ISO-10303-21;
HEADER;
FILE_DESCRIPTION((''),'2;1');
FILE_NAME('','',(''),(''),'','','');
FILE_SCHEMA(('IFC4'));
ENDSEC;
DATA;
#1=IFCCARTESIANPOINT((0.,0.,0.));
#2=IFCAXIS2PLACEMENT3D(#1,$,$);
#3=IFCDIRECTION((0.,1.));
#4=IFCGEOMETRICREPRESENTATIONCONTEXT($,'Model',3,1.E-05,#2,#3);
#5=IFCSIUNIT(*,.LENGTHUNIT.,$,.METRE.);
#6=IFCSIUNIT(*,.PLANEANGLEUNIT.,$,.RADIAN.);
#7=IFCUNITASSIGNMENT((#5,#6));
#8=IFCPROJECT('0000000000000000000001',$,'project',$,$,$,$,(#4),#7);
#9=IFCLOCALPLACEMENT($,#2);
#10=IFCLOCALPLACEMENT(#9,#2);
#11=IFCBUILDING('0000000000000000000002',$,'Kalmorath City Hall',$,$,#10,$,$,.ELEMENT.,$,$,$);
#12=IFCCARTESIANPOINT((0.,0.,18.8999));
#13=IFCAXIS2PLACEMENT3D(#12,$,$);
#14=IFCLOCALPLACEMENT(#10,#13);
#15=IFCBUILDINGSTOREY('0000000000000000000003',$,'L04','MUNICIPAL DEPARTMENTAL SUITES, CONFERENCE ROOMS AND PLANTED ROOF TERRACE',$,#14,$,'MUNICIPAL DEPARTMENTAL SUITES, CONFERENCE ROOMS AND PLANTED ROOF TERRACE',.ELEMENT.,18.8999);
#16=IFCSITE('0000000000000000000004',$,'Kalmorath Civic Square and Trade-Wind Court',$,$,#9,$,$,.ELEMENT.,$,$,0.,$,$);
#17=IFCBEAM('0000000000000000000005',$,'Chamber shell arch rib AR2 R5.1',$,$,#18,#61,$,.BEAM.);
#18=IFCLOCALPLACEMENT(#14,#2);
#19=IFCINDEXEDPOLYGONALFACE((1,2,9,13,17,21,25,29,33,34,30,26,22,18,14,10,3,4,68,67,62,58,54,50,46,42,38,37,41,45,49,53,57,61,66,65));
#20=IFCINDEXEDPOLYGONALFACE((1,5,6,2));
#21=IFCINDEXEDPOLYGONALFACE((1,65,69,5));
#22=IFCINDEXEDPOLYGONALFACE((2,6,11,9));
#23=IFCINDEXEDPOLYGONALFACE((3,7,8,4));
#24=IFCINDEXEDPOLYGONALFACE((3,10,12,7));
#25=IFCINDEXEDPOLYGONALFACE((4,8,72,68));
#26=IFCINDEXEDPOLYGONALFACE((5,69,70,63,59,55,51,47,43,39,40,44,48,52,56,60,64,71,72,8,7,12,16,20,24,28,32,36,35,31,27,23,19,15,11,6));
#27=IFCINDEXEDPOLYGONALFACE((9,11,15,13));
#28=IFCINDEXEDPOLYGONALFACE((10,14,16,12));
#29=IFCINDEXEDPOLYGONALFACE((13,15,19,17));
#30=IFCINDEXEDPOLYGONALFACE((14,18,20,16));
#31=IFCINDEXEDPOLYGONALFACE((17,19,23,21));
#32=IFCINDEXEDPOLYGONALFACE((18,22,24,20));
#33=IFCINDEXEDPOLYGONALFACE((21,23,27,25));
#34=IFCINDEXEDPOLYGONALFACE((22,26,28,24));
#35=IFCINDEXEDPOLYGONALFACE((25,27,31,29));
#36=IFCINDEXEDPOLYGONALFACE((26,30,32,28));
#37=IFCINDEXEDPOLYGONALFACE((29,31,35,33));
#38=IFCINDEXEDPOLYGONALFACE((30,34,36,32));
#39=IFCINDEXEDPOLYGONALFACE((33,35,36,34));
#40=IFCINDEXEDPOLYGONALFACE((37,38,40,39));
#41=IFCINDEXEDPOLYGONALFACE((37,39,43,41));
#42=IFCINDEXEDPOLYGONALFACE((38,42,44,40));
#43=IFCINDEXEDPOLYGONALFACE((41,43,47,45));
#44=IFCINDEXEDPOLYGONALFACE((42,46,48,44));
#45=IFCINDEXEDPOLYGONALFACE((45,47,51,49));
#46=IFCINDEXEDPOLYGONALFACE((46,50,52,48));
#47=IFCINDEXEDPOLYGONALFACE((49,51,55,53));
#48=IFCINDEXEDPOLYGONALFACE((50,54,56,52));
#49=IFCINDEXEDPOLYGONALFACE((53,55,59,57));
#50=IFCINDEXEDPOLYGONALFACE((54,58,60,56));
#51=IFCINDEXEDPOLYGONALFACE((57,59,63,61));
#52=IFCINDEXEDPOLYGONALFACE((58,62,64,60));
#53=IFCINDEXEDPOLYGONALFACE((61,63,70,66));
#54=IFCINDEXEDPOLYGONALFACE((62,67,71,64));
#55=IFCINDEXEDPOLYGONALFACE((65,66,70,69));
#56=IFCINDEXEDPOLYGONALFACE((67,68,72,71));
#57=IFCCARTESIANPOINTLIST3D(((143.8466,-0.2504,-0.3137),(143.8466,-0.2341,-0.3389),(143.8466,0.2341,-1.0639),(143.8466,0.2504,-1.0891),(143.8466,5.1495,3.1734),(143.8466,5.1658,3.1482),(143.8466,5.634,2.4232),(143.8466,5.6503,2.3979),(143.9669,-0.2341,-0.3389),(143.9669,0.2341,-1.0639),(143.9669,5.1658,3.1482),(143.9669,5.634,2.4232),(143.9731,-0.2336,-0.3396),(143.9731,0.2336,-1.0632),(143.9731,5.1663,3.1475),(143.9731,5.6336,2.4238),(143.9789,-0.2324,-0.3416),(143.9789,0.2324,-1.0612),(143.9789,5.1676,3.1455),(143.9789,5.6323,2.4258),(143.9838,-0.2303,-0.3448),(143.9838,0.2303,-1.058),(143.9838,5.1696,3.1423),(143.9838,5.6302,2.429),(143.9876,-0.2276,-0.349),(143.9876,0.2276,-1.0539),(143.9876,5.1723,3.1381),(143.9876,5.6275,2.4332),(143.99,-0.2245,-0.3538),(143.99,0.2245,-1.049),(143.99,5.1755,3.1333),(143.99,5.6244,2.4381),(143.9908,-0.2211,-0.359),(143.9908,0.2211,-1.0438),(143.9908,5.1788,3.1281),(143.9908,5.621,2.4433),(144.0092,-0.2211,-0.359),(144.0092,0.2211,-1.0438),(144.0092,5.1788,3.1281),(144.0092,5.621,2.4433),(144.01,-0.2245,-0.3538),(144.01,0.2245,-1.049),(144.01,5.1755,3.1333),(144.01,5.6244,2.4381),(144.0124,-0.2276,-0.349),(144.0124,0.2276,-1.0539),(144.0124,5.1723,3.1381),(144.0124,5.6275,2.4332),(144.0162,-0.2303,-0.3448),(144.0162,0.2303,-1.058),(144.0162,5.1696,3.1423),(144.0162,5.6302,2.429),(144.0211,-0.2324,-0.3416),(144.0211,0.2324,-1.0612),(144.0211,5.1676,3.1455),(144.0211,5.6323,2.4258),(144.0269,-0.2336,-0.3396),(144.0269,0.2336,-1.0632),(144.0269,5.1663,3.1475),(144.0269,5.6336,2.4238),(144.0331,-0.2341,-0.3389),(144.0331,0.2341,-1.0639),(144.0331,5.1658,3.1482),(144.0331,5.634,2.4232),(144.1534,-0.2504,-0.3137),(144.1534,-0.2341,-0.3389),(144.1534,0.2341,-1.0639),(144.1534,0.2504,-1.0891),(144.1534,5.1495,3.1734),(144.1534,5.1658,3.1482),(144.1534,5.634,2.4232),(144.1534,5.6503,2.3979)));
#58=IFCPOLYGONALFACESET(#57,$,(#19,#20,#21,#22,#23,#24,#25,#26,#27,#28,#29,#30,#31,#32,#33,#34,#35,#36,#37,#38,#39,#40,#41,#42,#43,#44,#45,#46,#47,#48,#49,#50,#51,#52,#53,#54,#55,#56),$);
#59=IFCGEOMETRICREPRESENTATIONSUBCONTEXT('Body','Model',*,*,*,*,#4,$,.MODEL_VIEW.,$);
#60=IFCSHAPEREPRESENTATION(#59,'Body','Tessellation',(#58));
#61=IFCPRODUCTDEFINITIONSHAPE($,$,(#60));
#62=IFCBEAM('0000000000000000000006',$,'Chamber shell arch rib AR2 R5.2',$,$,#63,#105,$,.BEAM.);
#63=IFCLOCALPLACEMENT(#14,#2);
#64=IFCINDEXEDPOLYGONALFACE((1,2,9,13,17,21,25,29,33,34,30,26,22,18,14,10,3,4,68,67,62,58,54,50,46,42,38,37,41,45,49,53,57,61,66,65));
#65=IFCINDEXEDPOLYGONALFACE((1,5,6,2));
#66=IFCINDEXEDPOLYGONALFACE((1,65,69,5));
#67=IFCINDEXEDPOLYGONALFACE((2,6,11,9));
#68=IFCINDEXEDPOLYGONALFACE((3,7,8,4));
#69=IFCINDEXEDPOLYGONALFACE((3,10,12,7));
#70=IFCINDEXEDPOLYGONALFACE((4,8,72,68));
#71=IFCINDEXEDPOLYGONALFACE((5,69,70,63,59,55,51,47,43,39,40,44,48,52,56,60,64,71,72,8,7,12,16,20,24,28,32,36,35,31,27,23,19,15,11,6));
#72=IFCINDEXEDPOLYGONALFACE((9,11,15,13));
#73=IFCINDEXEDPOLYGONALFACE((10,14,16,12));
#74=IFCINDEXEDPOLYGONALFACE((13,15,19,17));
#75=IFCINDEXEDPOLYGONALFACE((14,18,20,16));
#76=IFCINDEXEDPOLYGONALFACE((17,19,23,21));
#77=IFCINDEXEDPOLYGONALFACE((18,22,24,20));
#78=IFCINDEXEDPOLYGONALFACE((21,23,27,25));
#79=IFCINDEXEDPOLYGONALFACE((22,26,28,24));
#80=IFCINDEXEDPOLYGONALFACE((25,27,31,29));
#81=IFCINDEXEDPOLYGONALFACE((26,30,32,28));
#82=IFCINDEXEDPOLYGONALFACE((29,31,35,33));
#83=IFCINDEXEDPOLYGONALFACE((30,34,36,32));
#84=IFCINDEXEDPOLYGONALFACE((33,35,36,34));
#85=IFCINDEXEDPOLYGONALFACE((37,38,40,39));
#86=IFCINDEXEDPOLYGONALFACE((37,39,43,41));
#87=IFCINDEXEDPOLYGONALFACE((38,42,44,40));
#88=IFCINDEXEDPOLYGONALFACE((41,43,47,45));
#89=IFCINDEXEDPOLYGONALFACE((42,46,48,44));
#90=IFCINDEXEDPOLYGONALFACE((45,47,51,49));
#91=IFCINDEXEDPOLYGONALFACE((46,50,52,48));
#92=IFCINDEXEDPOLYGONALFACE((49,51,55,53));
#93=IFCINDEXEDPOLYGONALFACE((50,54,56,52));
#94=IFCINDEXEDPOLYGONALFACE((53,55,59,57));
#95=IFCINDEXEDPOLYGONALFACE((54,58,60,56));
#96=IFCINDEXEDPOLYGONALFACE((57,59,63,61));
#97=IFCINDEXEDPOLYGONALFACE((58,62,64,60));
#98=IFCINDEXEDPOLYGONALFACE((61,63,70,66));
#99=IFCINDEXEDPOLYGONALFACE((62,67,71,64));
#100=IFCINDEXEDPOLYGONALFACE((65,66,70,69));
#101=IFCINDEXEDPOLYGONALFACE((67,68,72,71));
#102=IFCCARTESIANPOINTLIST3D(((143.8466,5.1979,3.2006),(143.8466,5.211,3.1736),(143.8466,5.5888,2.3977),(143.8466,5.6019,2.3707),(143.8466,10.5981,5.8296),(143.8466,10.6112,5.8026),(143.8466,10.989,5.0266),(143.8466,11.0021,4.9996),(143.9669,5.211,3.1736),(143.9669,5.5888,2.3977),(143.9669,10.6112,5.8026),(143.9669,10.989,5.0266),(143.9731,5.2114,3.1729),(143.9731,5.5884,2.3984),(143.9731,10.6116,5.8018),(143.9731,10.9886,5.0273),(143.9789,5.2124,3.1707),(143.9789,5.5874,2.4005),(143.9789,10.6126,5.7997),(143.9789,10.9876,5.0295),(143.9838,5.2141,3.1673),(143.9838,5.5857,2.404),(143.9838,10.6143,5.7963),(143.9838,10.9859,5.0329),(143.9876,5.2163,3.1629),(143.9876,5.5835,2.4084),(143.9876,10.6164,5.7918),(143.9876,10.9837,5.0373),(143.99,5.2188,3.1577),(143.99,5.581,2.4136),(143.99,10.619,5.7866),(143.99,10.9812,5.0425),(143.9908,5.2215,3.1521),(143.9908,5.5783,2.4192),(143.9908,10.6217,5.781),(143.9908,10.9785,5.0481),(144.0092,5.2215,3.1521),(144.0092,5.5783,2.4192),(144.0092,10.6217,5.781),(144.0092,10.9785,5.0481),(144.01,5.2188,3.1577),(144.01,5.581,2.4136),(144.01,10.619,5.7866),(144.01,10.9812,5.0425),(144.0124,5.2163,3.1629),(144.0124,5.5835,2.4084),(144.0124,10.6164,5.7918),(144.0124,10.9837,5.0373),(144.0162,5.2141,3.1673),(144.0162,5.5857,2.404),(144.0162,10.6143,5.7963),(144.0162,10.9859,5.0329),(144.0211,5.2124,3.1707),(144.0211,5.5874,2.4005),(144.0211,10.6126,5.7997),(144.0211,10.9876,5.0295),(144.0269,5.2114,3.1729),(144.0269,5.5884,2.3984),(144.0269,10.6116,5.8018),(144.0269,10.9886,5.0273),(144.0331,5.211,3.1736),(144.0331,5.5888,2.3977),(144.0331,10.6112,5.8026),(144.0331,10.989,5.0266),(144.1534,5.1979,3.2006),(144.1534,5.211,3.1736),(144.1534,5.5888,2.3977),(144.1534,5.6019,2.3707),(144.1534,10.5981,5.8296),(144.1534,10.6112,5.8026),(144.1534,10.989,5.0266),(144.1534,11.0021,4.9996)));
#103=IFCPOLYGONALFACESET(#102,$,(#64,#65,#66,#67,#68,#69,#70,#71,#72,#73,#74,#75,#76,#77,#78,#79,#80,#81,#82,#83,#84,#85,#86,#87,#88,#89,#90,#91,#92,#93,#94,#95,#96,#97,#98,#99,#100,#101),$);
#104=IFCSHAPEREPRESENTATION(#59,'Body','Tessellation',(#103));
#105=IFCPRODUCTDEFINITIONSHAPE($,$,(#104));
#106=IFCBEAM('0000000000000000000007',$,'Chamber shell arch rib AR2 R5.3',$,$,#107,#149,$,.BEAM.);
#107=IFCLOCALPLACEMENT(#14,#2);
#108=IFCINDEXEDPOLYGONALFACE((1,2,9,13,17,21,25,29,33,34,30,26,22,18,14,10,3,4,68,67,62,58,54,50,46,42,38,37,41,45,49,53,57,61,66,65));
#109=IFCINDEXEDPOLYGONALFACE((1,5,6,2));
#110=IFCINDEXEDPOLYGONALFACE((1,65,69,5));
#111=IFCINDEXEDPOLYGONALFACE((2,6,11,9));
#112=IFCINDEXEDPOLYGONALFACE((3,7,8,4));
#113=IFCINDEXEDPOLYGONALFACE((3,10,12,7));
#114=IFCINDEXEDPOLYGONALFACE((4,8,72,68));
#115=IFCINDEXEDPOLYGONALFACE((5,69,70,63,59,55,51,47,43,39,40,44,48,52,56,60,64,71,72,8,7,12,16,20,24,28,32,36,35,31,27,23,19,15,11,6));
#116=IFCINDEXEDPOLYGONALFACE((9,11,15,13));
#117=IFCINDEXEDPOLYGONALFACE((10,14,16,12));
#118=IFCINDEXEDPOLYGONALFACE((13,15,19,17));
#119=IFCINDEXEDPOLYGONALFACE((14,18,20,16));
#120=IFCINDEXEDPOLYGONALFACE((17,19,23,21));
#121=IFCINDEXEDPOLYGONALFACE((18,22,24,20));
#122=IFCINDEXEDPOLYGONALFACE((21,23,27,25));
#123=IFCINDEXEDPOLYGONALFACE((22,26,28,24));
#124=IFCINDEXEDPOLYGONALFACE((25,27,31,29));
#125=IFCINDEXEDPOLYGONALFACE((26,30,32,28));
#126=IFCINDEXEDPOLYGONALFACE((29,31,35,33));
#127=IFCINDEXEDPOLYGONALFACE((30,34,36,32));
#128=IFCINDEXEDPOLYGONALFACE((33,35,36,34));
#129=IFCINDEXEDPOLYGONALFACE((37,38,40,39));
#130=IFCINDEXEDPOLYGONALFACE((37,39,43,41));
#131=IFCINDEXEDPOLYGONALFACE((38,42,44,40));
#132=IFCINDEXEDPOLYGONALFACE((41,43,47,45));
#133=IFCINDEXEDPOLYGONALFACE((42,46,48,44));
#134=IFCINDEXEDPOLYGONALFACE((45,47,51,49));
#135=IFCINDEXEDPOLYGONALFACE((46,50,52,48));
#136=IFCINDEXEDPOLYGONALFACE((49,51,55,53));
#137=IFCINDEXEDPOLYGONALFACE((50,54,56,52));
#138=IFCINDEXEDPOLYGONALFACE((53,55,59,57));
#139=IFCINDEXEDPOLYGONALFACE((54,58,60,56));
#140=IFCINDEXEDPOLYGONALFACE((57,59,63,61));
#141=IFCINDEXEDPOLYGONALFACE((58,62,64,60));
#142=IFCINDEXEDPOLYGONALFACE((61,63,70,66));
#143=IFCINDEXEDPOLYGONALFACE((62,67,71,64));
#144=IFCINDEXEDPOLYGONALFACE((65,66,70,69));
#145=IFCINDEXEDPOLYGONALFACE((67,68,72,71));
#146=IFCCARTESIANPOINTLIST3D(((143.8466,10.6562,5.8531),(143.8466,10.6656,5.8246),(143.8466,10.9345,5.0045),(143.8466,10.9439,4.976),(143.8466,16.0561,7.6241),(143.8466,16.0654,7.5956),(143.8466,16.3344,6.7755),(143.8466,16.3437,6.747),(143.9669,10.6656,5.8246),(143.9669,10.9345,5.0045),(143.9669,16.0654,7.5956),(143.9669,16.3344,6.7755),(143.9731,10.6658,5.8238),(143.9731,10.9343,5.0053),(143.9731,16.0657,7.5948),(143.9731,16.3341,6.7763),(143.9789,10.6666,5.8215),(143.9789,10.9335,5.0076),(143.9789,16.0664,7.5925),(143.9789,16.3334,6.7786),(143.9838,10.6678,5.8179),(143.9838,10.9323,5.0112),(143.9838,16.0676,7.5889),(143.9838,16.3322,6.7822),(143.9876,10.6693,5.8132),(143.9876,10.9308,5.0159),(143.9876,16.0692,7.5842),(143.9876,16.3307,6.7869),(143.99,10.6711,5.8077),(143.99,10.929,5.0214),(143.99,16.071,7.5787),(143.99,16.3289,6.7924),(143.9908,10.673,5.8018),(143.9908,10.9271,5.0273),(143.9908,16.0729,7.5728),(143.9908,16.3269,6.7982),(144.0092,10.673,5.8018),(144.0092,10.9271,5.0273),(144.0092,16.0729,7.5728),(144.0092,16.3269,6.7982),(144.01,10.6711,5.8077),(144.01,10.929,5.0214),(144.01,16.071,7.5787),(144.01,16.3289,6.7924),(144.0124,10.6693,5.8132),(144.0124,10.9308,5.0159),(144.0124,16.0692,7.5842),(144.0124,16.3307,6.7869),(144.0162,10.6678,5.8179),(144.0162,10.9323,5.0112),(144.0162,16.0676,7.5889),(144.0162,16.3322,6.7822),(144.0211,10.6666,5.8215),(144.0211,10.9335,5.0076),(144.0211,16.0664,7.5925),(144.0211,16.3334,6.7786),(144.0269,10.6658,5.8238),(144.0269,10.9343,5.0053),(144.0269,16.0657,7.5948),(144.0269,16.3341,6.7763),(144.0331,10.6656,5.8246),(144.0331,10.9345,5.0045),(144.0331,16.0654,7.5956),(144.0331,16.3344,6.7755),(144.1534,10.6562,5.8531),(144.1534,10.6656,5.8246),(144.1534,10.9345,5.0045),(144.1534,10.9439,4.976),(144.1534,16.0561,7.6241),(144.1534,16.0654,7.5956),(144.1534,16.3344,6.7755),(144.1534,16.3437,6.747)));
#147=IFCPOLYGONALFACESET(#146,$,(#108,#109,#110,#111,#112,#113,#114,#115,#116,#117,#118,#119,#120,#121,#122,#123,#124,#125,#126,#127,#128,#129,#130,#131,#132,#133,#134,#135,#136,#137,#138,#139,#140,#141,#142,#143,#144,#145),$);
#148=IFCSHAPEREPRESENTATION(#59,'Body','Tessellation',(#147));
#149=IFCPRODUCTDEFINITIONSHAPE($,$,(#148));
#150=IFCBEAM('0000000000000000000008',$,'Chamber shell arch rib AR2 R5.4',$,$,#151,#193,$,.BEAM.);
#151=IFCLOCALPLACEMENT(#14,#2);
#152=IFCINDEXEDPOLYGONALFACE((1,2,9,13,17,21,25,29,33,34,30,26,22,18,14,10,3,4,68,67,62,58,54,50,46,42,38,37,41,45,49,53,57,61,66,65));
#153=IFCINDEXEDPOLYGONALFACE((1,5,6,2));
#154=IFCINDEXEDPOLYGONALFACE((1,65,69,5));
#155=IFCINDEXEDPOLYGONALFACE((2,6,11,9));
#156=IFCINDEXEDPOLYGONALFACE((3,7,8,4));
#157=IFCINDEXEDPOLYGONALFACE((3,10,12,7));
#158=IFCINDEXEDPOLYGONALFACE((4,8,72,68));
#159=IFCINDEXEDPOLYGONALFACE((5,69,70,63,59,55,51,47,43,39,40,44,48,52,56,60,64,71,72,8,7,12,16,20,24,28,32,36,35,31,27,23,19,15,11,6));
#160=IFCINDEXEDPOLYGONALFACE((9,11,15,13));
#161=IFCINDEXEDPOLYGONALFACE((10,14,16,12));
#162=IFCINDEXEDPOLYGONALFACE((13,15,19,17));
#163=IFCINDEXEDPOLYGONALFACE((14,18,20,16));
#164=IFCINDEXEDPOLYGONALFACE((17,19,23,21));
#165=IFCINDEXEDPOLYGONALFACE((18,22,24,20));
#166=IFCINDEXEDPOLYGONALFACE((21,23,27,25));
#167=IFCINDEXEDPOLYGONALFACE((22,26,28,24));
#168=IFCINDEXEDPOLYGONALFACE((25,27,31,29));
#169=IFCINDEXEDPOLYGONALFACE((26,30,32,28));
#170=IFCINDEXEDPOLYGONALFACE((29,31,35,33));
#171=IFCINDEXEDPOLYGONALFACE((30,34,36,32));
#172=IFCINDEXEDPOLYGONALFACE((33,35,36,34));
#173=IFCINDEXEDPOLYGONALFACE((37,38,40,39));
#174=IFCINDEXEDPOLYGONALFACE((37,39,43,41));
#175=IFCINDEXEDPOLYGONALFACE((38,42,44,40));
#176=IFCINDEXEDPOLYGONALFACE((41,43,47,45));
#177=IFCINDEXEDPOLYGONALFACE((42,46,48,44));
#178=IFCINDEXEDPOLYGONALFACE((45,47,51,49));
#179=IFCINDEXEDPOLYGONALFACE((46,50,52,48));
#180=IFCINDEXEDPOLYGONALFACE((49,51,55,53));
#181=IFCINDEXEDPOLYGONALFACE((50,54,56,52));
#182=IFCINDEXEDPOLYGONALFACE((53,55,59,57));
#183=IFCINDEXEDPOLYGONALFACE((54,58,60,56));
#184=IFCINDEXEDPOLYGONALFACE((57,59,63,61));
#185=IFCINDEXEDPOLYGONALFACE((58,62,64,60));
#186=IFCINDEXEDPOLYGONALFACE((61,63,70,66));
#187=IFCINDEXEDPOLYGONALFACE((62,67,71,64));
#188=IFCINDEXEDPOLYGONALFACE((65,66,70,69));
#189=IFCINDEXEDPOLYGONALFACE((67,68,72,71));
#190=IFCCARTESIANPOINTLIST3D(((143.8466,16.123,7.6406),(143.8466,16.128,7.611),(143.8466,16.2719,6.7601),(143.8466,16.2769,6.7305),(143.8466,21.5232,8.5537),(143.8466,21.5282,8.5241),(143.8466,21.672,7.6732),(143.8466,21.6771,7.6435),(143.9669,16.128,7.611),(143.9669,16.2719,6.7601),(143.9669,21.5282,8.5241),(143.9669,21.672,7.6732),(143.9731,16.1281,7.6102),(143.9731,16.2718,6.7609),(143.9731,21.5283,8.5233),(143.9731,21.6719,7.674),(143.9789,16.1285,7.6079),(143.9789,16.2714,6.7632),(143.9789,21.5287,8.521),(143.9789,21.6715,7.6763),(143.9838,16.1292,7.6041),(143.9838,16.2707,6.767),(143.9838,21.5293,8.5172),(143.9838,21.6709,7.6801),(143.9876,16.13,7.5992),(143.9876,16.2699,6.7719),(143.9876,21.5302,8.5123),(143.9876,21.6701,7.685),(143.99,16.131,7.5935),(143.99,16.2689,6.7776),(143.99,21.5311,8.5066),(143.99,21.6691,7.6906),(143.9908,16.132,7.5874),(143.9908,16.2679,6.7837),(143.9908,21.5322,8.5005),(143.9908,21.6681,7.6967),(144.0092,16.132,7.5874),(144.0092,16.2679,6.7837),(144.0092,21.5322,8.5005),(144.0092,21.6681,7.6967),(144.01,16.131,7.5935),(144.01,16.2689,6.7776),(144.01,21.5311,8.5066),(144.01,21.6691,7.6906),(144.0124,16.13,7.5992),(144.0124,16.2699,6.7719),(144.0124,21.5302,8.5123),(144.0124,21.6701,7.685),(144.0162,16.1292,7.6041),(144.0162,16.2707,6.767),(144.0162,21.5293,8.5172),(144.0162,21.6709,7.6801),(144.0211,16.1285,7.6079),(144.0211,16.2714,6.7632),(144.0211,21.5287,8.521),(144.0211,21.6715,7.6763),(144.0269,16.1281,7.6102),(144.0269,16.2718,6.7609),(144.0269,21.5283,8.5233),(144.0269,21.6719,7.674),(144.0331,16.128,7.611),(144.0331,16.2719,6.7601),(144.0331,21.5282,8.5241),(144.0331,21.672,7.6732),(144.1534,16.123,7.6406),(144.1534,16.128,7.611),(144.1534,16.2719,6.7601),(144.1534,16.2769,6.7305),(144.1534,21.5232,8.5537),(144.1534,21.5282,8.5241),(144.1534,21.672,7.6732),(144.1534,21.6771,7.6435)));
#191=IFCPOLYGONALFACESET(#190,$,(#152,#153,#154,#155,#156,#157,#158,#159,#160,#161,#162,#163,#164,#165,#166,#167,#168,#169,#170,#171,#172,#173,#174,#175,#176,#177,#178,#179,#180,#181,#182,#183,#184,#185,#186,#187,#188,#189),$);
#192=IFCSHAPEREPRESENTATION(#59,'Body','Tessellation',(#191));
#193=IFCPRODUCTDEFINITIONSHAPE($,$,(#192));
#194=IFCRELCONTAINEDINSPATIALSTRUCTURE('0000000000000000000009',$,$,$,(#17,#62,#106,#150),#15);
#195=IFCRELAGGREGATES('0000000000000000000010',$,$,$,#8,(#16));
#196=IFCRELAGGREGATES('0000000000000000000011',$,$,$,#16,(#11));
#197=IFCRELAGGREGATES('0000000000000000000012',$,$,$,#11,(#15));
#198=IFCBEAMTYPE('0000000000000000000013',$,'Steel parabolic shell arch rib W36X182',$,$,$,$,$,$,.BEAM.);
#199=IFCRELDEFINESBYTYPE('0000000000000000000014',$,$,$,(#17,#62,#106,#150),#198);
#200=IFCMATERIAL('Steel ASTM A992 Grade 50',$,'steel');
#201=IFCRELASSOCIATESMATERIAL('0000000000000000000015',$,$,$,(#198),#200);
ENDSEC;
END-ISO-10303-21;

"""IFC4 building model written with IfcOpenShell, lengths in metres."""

from ifc_helpers import new_model, si_unit, direction, frame, origin, origin_2d, place, context, subcontext, project, spatial, i_section, extrude, material, material_profile, profile_set, type_object, element, save


model = new_model("IFC4")

# Units and contexts
model_context = context("Model", 3, precision=1e-05, world=origin(), true_north=direction((0.0, 1.0)))
body_context = subcontext(model_context, "Body", "Model", "MODEL_VIEW")
ifc_project = project(units=[si_unit("LENGTHUNIT", "METRE"), si_unit("PLANEANGLEUNIT", "RADIAN")], contexts=[model_context])

# Site, building, storey
site_placement = place(None, origin())
site = spatial("IfcSite", under=ifc_project, at=site_placement, Name="Kalmorath Civic Square and Trade-Wind Court", CompositionType="ELEMENT", RefElevation=0.0)
building_placement = place(site_placement, origin())
building = spatial("IfcBuilding", under=site, at=building_placement, Name="Kalmorath City Hall", CompositionType="ELEMENT")
storey_placement = place(building_placement, frame((0.0, 0.0, 18.8999)))
storey = spatial("IfcBuildingStorey", under=building, at=storey_placement, Name="L04", Description="MUNICIPAL DEPARTMENTAL SUITES, CONFERENCE ROOMS AND PLANTED ROOF TERRACE", LongName="MUNICIPAL DEPARTMENTAL SUITES, CONFERENCE ROOMS AND PLANTED ROOF TERRACE", CompositionType="ELEMENT", Elevation=18.8999)

# Beams
ifc_material_1 = material(Name="Steel ASTM A992 Grade 50", Category="steel")
ifc_material_profile_1 = material_profile(ifc_material_1, i_section(OverallWidth=0.3069, OverallDepth=0.9231, WebThickness=0.0183, FlangeThickness=0.03, FilletRadius=0.0239, at=origin_2d()), Name="W36X182")
ifc_profile_set_1 = profile_set([ifc_material_profile_1], Name="Steel ASTM A992 Grade 50")
beam_type_1 = type_object("IfcBeamType", Name="Steel parabolic shell arch rib W36X182", PredefinedType="BEAM", material=ifc_profile_set_1)
beam_1_placement = place(storey_placement, frame((144.0, 0.0, -0.7014), z_axis=(0.0, 0.840066, 0.542484), x_axis=(-1.0, 0.0, 0.0)))
element("IfcBeam", 1, at=beam_1_placement, inside=storey, type_object=beam_type_1, Name="Chamber shell arch rib AR2 R5.1", PredefinedType="BEAM", context=body_context, shape_type="SweptSolid", body=[
    extrude(i_section(OverallWidth=0.3069, OverallDepth=0.9231, WebThickness=0.0183, FlangeThickness=0.03, FilletRadius=0.0239, at=origin_2d()), origin(), (0.0, 0.0, 1.0), 6.428),
])
beam_2_placement = place(storey_placement, frame((144.0, 5.3999, 2.7856), z_axis=(0.0, 0.899117, 0.437709), x_axis=(-1.0, 0.0, 0.0)))
element("IfcBeam", 2, at=beam_2_placement, inside=storey, type_object=beam_type_1, Name="Chamber shell arch rib AR2 R5.2", PredefinedType="BEAM", context=body_context, shape_type="SweptSolid", body=[
    extrude(i_section(OverallWidth=0.3069, OverallDepth=0.9231, WebThickness=0.0183, FlangeThickness=0.03, FilletRadius=0.0239, at=origin_2d()), origin(), (0.0, 0.0, 1.0), 6.0061),
])
beam_3_placement = place(storey_placement, frame((144.0, 10.8, 5.4146), z_axis=(0.0, 0.950202, 0.311636), x_axis=(-1.0, 0.0, 0.0)))
element("IfcBeam", 3, at=beam_3_placement, inside=storey, type_object=beam_type_1, Name="Chamber shell arch rib AR2 R5.3", PredefinedType="BEAM", context=body_context, shape_type="SweptSolid", body=[
    extrude(i_section(OverallWidth=0.3069, OverallDepth=0.9231, WebThickness=0.0183, FlangeThickness=0.03, FilletRadius=0.0239, at=origin_2d()), origin(), (0.0, 0.0, 1.0), 5.6829),
])
beam_4_placement = place(storey_placement, frame((144.0, 16.2, 7.1855), z_axis=(0.0, 0.986004, 0.166719), x_axis=(-1.0, 0.0, 0.0)))
element("IfcBeam", 4, at=beam_4_placement, inside=storey, type_object=beam_type_1, Name="Chamber shell arch rib AR2 R5.4", PredefinedType="BEAM", context=body_context, shape_type="SweptSolid", body=[
    extrude(i_section(OverallWidth=0.3069, OverallDepth=0.9231, WebThickness=0.0183, FlangeThickness=0.03, FilletRadius=0.0239, at=origin_2d()), origin(), (0.0, 0.0, 1.0), 5.4768),
])

save(model, "model.ifc")
